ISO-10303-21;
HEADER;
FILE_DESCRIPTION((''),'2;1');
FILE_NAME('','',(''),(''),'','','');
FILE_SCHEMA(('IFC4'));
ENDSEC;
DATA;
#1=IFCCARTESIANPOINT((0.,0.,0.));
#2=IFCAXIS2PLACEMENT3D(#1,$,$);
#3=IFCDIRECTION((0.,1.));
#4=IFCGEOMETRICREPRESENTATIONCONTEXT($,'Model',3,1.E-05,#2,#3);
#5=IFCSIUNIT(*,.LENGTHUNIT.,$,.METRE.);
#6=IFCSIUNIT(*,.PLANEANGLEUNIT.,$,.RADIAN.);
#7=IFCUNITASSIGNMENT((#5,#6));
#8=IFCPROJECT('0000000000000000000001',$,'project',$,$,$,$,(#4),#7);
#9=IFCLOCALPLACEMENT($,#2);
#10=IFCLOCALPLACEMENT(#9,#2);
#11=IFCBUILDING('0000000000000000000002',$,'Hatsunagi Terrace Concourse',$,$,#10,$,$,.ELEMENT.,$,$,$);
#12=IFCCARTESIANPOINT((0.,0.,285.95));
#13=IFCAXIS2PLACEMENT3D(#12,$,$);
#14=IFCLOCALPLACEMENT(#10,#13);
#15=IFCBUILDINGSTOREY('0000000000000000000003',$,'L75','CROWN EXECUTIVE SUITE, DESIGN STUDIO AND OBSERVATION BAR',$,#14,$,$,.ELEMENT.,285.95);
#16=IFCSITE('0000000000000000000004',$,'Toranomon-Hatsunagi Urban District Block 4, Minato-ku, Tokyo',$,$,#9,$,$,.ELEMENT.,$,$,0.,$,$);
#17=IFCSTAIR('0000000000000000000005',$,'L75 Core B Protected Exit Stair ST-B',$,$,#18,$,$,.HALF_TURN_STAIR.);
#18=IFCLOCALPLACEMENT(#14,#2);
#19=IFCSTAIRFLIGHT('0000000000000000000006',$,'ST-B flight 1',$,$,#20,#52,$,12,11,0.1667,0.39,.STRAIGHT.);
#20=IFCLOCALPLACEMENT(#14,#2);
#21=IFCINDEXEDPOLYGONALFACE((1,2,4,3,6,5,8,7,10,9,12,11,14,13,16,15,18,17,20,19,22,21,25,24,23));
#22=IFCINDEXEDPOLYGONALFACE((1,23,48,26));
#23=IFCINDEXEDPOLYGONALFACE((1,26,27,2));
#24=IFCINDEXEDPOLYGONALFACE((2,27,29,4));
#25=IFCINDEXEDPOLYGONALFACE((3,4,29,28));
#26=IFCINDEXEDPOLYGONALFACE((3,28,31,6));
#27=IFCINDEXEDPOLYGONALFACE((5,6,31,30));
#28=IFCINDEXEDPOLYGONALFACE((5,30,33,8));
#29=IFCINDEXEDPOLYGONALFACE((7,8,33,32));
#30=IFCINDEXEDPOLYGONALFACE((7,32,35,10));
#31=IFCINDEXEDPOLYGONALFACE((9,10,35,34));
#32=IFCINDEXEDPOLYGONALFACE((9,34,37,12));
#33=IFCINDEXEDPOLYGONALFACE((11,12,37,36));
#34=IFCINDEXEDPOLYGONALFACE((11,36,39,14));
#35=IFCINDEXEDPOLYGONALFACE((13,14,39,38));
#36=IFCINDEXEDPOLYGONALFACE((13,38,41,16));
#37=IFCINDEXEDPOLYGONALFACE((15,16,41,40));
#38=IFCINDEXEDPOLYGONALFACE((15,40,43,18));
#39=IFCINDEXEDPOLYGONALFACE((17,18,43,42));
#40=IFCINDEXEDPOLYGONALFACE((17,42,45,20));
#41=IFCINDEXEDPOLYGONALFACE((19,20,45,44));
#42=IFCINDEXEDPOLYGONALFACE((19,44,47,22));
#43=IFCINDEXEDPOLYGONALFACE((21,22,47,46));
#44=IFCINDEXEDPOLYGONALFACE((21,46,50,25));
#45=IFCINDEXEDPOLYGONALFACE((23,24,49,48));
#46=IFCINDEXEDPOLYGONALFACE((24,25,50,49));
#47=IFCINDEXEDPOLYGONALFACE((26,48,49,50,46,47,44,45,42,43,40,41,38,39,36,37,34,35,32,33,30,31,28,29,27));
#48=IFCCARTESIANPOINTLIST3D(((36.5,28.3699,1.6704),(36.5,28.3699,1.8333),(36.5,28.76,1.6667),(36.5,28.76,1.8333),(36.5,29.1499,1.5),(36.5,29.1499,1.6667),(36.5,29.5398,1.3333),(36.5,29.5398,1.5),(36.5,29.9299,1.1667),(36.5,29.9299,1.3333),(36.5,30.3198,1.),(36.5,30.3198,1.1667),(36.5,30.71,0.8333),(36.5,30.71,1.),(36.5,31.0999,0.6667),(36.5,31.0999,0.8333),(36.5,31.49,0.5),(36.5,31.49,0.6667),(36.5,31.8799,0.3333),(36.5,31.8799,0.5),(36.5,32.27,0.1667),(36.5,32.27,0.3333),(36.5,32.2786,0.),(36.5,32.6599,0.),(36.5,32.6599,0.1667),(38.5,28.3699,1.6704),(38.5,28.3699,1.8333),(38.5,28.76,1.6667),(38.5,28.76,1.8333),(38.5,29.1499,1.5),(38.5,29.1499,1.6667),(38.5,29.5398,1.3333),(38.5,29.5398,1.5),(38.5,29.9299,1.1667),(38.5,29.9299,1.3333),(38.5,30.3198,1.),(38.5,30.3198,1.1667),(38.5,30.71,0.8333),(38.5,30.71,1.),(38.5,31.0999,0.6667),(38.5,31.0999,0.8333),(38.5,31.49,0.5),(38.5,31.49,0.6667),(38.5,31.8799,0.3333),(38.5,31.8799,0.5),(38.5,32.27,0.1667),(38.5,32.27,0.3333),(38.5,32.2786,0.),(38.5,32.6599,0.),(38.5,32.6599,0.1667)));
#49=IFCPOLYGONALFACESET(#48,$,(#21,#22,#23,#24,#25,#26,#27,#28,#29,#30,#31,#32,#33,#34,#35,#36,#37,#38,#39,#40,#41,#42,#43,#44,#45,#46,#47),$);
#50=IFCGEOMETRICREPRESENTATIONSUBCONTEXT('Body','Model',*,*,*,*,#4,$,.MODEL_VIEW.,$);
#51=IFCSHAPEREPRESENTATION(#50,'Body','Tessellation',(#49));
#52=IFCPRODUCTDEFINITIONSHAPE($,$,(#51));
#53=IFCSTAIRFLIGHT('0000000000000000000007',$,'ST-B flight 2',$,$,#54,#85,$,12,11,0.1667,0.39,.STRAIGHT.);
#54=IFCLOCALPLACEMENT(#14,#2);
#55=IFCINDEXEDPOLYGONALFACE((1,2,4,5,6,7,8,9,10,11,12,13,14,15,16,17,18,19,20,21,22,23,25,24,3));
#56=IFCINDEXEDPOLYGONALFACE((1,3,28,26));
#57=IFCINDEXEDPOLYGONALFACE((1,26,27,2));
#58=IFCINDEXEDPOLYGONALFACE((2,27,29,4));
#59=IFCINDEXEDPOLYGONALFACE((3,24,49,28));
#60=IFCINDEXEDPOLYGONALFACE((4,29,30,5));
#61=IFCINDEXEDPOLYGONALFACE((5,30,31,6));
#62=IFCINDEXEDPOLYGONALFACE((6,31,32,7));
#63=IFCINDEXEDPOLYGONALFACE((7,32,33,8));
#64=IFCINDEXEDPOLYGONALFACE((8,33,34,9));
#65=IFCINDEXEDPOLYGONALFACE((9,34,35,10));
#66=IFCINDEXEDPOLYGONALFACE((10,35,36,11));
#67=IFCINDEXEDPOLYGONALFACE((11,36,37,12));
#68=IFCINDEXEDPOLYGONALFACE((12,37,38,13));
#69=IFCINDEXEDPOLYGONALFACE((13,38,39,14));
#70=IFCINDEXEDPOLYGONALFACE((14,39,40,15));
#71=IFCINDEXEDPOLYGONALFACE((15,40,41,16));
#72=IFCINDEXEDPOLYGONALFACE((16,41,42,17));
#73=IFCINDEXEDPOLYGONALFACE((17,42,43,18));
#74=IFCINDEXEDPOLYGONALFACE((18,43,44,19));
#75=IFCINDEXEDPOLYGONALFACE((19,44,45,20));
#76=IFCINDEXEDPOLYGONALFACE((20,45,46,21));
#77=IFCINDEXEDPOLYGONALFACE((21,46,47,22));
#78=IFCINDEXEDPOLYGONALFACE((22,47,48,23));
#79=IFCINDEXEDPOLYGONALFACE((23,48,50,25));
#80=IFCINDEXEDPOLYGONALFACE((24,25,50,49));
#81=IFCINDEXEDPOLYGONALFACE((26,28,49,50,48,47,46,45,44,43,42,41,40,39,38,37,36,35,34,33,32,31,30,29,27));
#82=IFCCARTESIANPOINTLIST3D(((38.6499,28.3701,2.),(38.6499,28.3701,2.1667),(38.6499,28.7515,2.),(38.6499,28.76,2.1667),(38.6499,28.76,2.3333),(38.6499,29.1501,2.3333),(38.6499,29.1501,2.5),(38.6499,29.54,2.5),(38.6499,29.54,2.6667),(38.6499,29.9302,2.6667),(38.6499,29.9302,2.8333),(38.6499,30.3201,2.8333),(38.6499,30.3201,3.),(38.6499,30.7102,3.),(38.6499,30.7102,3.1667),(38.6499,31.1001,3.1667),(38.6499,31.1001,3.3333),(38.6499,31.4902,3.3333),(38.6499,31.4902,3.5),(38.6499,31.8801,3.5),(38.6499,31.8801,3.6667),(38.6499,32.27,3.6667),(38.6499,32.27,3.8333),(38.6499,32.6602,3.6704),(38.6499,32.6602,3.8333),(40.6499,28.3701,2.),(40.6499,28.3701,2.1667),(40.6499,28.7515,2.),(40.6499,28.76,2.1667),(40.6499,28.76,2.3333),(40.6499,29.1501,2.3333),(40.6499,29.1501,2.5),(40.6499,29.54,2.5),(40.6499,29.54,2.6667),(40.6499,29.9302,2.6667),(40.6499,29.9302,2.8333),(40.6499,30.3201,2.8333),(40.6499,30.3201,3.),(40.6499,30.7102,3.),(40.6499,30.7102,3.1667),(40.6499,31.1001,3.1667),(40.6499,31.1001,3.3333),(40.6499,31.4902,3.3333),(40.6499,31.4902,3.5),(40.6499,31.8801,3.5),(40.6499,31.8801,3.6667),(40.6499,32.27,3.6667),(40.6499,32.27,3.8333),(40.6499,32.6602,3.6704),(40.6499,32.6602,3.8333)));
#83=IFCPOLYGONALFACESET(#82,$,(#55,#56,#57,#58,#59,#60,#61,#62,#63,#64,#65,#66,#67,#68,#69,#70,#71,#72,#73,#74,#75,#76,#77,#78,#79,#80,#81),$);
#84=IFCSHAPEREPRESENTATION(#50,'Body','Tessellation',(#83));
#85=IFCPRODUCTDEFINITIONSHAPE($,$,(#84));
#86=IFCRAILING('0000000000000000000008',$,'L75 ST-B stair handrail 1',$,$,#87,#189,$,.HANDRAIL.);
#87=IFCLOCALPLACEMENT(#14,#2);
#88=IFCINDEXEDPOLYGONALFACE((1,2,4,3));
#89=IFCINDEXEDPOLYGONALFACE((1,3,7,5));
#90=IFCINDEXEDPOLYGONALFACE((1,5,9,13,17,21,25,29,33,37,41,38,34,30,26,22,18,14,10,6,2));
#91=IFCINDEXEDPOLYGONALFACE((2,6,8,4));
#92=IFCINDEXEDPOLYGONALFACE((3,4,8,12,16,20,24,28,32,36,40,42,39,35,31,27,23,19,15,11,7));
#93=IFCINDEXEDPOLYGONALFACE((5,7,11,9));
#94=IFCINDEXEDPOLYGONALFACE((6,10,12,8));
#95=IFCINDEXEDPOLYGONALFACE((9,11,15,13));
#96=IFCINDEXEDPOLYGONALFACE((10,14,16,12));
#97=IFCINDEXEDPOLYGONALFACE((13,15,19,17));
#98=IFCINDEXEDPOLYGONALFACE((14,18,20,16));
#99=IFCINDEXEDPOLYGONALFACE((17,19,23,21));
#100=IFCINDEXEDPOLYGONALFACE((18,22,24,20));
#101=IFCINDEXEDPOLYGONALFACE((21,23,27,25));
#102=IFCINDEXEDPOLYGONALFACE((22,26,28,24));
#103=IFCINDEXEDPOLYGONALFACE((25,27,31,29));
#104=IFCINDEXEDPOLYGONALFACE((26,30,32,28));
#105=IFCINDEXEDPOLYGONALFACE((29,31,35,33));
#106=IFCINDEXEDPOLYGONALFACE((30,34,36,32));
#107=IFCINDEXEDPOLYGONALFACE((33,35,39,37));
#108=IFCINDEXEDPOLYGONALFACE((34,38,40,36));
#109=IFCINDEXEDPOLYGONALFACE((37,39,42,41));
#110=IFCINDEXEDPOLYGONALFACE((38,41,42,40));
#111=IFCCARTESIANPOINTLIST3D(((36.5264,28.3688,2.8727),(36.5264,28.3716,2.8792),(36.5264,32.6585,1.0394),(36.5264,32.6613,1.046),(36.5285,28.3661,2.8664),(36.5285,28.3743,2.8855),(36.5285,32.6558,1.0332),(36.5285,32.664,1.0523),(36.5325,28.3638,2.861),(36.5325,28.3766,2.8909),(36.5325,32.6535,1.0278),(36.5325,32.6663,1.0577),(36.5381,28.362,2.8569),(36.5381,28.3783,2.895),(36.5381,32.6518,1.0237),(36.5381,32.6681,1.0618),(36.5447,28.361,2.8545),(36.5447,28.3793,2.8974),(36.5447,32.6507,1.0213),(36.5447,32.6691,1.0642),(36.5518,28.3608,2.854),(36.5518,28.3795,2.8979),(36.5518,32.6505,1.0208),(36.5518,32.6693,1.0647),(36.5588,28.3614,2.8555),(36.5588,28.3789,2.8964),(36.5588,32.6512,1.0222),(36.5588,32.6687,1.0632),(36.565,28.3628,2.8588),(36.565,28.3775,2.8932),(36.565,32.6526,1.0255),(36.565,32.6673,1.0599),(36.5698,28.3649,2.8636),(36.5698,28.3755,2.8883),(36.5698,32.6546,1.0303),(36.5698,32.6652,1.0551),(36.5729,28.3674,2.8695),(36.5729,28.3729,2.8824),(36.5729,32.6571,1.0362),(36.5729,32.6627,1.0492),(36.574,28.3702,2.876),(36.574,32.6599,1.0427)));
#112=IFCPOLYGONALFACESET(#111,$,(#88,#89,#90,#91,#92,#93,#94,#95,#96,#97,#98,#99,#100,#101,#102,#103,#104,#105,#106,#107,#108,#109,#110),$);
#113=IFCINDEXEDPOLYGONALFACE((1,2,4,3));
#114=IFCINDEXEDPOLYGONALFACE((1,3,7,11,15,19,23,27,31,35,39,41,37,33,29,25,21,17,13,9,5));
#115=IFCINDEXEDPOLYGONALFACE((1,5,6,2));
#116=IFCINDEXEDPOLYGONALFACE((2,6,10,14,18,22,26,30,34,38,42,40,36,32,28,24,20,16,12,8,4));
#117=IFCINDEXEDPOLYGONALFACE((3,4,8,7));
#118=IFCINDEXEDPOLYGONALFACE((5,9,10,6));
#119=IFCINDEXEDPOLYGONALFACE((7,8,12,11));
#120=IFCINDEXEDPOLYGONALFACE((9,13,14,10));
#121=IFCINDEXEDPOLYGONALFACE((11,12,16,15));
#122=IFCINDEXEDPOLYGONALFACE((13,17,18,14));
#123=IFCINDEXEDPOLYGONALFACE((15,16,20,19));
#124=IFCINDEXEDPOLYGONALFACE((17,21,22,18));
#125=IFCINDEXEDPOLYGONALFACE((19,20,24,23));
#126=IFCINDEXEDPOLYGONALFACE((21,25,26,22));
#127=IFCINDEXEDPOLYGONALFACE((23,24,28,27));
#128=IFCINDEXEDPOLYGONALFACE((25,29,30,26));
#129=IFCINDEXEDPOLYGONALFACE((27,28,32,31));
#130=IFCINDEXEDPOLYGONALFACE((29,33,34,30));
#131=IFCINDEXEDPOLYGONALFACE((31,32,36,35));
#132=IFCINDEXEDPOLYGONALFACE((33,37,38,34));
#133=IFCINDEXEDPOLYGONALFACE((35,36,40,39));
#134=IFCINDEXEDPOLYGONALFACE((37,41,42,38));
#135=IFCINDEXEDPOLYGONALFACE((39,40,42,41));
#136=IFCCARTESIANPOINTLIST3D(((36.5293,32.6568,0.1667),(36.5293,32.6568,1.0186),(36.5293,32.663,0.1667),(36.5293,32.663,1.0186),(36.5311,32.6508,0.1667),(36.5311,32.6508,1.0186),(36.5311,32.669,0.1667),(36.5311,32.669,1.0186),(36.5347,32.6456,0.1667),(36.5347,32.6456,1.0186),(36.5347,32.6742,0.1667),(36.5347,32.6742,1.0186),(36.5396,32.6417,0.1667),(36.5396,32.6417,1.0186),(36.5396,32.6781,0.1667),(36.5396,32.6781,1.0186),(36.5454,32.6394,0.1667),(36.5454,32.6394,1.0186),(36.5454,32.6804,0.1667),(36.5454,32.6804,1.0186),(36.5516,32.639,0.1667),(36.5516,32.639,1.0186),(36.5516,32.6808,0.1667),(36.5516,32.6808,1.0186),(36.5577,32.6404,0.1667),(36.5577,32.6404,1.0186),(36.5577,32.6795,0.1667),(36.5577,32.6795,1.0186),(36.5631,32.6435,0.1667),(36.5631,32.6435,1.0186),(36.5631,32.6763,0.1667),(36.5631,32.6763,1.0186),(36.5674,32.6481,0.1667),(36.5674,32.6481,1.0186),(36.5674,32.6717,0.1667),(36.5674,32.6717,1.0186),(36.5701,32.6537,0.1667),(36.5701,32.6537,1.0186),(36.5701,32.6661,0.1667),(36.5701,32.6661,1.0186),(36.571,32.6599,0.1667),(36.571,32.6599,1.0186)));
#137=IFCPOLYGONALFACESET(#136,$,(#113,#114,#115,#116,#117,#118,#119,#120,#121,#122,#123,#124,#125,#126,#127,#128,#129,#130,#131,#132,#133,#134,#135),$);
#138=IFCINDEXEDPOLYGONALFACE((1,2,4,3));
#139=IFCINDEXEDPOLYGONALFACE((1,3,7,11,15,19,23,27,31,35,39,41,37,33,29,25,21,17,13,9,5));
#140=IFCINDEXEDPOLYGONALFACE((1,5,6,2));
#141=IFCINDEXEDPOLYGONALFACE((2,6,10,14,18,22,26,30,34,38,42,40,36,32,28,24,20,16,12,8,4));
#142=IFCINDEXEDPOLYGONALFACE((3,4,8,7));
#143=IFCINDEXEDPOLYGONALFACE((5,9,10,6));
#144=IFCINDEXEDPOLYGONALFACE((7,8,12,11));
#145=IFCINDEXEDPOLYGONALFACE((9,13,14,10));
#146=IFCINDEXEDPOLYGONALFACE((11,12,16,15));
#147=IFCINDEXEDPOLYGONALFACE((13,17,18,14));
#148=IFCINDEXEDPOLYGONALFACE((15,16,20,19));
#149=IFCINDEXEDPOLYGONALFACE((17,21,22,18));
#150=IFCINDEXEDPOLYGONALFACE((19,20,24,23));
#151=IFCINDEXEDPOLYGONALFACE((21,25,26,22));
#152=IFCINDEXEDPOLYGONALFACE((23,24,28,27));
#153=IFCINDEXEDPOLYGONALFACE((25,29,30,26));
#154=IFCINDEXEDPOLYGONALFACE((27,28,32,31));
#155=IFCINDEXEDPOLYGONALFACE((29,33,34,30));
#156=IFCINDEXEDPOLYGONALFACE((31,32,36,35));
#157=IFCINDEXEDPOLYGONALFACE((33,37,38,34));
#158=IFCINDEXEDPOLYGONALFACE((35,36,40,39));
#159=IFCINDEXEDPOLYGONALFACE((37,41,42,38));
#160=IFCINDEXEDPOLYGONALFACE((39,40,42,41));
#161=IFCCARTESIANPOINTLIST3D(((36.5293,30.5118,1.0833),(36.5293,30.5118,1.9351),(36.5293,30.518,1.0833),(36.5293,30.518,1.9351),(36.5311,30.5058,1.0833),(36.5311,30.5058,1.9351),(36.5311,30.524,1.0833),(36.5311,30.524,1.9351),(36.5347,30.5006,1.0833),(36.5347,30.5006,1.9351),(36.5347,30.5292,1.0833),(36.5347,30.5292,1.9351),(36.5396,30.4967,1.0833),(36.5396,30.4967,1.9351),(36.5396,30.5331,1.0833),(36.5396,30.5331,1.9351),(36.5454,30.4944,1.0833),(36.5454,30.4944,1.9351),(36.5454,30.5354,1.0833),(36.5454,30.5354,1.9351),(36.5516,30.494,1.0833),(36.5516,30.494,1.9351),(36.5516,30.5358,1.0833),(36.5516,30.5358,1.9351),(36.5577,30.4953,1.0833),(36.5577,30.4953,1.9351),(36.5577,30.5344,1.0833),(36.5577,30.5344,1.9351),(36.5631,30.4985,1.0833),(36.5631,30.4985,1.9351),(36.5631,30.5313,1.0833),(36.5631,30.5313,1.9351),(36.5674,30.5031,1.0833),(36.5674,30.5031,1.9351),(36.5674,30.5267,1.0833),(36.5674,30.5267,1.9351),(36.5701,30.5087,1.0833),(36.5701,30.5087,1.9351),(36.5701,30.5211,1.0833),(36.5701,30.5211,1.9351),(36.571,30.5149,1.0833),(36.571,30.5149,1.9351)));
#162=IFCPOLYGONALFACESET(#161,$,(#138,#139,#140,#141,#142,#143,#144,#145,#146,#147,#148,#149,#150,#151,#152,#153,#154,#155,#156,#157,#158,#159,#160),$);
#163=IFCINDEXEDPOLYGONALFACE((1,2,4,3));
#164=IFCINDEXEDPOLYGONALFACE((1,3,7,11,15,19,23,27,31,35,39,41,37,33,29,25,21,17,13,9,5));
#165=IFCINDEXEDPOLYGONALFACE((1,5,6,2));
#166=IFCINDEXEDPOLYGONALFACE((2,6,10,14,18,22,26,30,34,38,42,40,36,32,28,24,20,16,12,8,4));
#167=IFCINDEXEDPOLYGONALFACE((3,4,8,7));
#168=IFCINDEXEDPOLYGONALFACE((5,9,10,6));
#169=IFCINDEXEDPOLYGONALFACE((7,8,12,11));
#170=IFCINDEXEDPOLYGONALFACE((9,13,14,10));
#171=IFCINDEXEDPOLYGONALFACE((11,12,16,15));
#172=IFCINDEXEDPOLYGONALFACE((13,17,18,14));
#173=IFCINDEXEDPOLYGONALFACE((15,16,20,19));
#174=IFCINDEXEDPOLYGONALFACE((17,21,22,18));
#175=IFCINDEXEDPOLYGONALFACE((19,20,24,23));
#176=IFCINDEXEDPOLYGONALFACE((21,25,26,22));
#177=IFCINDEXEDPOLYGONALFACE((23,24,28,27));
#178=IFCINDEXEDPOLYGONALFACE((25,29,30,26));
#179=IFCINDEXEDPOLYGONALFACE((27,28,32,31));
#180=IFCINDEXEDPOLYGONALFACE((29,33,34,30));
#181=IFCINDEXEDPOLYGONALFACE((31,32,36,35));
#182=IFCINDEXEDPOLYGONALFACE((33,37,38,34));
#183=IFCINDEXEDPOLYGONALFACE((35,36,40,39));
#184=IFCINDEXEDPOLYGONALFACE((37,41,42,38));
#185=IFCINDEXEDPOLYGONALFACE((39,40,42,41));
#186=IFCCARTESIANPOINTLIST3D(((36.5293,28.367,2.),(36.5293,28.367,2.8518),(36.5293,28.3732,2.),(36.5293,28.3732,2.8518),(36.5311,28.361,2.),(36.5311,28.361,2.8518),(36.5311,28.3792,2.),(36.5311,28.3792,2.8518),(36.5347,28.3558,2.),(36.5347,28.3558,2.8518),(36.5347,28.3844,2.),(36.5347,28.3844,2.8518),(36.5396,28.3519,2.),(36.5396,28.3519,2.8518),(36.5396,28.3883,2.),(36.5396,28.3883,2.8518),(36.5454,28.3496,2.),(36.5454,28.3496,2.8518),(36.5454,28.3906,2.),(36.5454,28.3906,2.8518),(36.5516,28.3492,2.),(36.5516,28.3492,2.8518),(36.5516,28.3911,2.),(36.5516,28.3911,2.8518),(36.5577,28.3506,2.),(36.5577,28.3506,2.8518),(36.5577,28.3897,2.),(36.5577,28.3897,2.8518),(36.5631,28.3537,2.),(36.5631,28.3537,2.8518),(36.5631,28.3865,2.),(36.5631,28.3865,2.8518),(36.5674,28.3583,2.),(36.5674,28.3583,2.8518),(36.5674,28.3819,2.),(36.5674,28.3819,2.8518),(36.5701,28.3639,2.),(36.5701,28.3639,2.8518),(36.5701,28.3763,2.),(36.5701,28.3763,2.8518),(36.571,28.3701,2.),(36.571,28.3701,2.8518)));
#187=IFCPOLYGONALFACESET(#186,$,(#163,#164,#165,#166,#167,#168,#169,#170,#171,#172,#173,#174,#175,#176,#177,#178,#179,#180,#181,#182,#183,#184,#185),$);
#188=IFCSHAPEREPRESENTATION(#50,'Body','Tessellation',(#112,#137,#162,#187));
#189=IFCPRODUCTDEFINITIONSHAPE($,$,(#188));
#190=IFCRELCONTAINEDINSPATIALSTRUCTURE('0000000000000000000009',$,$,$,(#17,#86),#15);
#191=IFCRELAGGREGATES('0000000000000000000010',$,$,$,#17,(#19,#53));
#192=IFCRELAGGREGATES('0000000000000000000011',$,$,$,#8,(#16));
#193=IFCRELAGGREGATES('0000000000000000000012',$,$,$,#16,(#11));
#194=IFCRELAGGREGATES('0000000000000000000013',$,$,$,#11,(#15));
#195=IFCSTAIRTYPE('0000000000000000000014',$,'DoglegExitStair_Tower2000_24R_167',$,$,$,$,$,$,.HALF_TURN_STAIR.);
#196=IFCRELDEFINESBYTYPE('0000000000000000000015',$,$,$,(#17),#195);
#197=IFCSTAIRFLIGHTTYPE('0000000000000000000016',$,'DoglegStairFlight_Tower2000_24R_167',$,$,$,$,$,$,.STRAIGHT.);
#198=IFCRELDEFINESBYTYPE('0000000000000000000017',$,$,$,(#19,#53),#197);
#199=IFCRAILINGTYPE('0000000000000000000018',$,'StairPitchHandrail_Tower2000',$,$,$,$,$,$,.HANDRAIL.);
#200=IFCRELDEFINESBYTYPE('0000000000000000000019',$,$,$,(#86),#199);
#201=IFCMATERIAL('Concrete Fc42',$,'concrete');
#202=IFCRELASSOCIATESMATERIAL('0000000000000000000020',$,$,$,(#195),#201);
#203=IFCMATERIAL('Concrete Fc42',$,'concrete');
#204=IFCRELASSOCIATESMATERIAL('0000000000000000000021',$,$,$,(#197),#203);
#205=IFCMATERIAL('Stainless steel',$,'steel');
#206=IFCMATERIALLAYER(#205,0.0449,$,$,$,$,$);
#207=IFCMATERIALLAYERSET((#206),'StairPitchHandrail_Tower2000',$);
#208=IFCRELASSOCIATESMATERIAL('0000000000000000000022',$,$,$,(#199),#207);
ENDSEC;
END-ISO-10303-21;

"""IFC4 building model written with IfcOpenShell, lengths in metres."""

from ifc_helpers import new_model, si_unit, direction, frame, origin, origin_2d, place, context, subcontext, project, spatial, polyline, circle, outline, extrude, material, layer, layer_set, type_object, element, aggregate, save


model = new_model("IFC4")

# Units and contexts
model_context = context("Model", 3, precision=1e-05, world=origin(), true_north=direction((0.0, 1.0)))
body_context = subcontext(model_context, "Body", "Model", "MODEL_VIEW")
ifc_project = project(units=[si_unit("LENGTHUNIT", "METRE"), si_unit("PLANEANGLEUNIT", "RADIAN")], contexts=[model_context])

# Site, building, storey
site_placement = place(None, origin())
site = spatial("IfcSite", under=ifc_project, at=site_placement, Name="Toranomon-Hatsunagi Urban District Block 4, Minato-ku, Tokyo", CompositionType="ELEMENT", RefElevation=0.0)
building_placement = place(site_placement, origin())
building = spatial("IfcBuilding", under=site, at=building_placement, Name="Hatsunagi Terrace Concourse", CompositionType="ELEMENT")
storey_placement = place(building_placement, frame((0.0, 0.0, 285.95)))
storey = spatial("IfcBuildingStorey", under=building, at=storey_placement, Name="L75", Description="CROWN EXECUTIVE SUITE, DESIGN STUDIO AND OBSERVATION BAR", CompositionType="ELEMENT", Elevation=285.95)

# Stair, stair flights
ifc_material_1 = material(Name="Concrete Fc42", Category="concrete")
stair_type = type_object("IfcStairType", Name="DoglegExitStair_Tower2000_24R_167", PredefinedType="HALF_TURN_STAIR", material=ifc_material_1)
stair_placement = place(storey_placement, origin())
stair = element("IfcStair", 1, at=stair_placement, inside=storey, type_object=stair_type, Name="L75 Core B Protected Exit Stair ST-B", PredefinedType="HALF_TURN_STAIR")
ifc_material_2 = material(Name="Concrete Fc42", Category="concrete")
stair_flight_type = type_object("IfcStairFlightType", Name="DoglegStairFlight_Tower2000_24R_167", PredefinedType="STRAIGHT", material=ifc_material_2)
stair_flight_1_placement = place(storey_placement, frame((37.5, 32.6599, 0.0), z_axis=(0.0, 0.0, 1.0), x_axis=(0.0, -1.0, 0.0)))
stair_flight_1 = element("IfcStairFlight", 2, at=stair_flight_1_placement, type_object=stair_flight_type, Name="ST-B flight 1", NumberOfRisers=12, NumberOfTreads=11, PredefinedType="STRAIGHT", RiserHeight=0.1667, TreadLength=0.39, context=body_context, shape_type="SweptSolid", body=[
    extrude(outline(polyline([(0.0, 0.0), (0.0, 0.1667), (0.3899, 0.1667), (0.3899, 0.3333), (0.78, 0.3333), (0.78, 0.5), (1.1699, 0.5), (1.1699, 0.6667), (1.5601, 0.6667), (1.5601, 0.8333), (1.95, 0.8333), (1.95, 1.0), (2.3401, 1.0), (2.3401, 1.1667), (2.73, 1.1667), (2.73, 1.3333), (3.1201, 1.3333), (3.1201, 1.5), (3.51, 1.5), (3.51, 1.6667), (3.8999, 1.6667), (3.8999, 1.8333), (4.29, 1.8333), (4.29, 2.0), (4.29, 1.6704), (0.3813, 0.0), (0.0, 0.0)])), frame((0.0, 1.0, 0.0), z_axis=(0.0, -1.0, 0.0), x_axis=(1.0, 0.0, 0.0)), (0.0, 0.0, 1.0), 2.0),
])
stair_flight_2_placement = place(storey_placement, frame((39.6499, 28.3701, 2.0), z_axis=(0.0, 0.0, 1.0), x_axis=(0.0, 1.0, 0.0)))
stair_flight_2 = element("IfcStairFlight", 3, at=stair_flight_2_placement, type_object=stair_flight_type, Name="ST-B flight 2", NumberOfRisers=12, NumberOfTreads=11, PredefinedType="STRAIGHT", RiserHeight=0.1667, TreadLength=0.39, context=body_context, shape_type="SweptSolid", body=[
    extrude(outline(polyline([(0.0, 0.0), (0.0, 0.1667), (0.3899, 0.1667), (0.3899, 0.3333), (0.78, 0.3333), (0.78, 0.5), (1.1699, 0.5), (1.1699, 0.6667), (1.5601, 0.6667), (1.5601, 0.8333), (1.95, 0.8333), (1.95, 1.0), (2.3401, 1.0), (2.3401, 1.1667), (2.73, 1.1667), (2.73, 1.3333), (3.1201, 1.3333), (3.1201, 1.5), (3.51, 1.5), (3.51, 1.6667), (3.8999, 1.6667), (3.8999, 1.8333), (4.29, 1.8333), (4.29, 2.0), (4.29, 1.6704), (0.3813, 0.0), (0.0, 0.0)])), frame((0.0, 1.0, 0.0), z_axis=(0.0, -1.0, 0.0), x_axis=(1.0, 0.0, 0.0)), (0.0, 0.0, 1.0), 2.0),
])
aggregate(stair, [stair_flight_1, stair_flight_2])

# Railing
ifc_material_3 = material(Name="Stainless steel", Category="steel")
ifc_layer_1 = layer(ifc_material_3, 0.0449)
ifc_layer_set_1 = layer_set([ifc_layer_1], Name="StairPitchHandrail_Tower2000")
railing_type_1 = type_object("IfcRailingType", Name="StairPitchHandrail_Tower2000", PredefinedType="HANDRAIL", material=ifc_layer_set_1)
railing_1_placement = place(storey_placement, frame((36.55, 32.6599, 0.1667)))
element("IfcRailing", 4, at=railing_1_placement, inside=storey, type_object=railing_type_1, Name="L75 ST-B stair handrail 1", PredefinedType="HANDRAIL", context=body_context, shape_type="SweptSolid", body=[
    extrude(circle(Radius=0.0239, at=origin_2d()), frame((0.0, 0.0, 0.876), z_axis=(0.0, -0.919551, 0.392972), x_axis=(1.0, 0.0, 0.0)), (0.0, 0.0, 1.0), 4.665),
    extrude(circle(Radius=0.021, at=origin_2d()), origin(), (0.0, 0.0, 1.0), 0.8518),
    extrude(circle(Radius=0.021, at=origin_2d()), frame((0.0, -2.145, 0.9165)), (0.0, 0.0, 1.0), 0.8518),
    extrude(circle(Radius=0.021, at=origin_2d()), frame((0.0, -4.2898, 1.8333)), (0.0, 0.0, 1.0), 0.8518),
])

save(model, "model.ifc")
